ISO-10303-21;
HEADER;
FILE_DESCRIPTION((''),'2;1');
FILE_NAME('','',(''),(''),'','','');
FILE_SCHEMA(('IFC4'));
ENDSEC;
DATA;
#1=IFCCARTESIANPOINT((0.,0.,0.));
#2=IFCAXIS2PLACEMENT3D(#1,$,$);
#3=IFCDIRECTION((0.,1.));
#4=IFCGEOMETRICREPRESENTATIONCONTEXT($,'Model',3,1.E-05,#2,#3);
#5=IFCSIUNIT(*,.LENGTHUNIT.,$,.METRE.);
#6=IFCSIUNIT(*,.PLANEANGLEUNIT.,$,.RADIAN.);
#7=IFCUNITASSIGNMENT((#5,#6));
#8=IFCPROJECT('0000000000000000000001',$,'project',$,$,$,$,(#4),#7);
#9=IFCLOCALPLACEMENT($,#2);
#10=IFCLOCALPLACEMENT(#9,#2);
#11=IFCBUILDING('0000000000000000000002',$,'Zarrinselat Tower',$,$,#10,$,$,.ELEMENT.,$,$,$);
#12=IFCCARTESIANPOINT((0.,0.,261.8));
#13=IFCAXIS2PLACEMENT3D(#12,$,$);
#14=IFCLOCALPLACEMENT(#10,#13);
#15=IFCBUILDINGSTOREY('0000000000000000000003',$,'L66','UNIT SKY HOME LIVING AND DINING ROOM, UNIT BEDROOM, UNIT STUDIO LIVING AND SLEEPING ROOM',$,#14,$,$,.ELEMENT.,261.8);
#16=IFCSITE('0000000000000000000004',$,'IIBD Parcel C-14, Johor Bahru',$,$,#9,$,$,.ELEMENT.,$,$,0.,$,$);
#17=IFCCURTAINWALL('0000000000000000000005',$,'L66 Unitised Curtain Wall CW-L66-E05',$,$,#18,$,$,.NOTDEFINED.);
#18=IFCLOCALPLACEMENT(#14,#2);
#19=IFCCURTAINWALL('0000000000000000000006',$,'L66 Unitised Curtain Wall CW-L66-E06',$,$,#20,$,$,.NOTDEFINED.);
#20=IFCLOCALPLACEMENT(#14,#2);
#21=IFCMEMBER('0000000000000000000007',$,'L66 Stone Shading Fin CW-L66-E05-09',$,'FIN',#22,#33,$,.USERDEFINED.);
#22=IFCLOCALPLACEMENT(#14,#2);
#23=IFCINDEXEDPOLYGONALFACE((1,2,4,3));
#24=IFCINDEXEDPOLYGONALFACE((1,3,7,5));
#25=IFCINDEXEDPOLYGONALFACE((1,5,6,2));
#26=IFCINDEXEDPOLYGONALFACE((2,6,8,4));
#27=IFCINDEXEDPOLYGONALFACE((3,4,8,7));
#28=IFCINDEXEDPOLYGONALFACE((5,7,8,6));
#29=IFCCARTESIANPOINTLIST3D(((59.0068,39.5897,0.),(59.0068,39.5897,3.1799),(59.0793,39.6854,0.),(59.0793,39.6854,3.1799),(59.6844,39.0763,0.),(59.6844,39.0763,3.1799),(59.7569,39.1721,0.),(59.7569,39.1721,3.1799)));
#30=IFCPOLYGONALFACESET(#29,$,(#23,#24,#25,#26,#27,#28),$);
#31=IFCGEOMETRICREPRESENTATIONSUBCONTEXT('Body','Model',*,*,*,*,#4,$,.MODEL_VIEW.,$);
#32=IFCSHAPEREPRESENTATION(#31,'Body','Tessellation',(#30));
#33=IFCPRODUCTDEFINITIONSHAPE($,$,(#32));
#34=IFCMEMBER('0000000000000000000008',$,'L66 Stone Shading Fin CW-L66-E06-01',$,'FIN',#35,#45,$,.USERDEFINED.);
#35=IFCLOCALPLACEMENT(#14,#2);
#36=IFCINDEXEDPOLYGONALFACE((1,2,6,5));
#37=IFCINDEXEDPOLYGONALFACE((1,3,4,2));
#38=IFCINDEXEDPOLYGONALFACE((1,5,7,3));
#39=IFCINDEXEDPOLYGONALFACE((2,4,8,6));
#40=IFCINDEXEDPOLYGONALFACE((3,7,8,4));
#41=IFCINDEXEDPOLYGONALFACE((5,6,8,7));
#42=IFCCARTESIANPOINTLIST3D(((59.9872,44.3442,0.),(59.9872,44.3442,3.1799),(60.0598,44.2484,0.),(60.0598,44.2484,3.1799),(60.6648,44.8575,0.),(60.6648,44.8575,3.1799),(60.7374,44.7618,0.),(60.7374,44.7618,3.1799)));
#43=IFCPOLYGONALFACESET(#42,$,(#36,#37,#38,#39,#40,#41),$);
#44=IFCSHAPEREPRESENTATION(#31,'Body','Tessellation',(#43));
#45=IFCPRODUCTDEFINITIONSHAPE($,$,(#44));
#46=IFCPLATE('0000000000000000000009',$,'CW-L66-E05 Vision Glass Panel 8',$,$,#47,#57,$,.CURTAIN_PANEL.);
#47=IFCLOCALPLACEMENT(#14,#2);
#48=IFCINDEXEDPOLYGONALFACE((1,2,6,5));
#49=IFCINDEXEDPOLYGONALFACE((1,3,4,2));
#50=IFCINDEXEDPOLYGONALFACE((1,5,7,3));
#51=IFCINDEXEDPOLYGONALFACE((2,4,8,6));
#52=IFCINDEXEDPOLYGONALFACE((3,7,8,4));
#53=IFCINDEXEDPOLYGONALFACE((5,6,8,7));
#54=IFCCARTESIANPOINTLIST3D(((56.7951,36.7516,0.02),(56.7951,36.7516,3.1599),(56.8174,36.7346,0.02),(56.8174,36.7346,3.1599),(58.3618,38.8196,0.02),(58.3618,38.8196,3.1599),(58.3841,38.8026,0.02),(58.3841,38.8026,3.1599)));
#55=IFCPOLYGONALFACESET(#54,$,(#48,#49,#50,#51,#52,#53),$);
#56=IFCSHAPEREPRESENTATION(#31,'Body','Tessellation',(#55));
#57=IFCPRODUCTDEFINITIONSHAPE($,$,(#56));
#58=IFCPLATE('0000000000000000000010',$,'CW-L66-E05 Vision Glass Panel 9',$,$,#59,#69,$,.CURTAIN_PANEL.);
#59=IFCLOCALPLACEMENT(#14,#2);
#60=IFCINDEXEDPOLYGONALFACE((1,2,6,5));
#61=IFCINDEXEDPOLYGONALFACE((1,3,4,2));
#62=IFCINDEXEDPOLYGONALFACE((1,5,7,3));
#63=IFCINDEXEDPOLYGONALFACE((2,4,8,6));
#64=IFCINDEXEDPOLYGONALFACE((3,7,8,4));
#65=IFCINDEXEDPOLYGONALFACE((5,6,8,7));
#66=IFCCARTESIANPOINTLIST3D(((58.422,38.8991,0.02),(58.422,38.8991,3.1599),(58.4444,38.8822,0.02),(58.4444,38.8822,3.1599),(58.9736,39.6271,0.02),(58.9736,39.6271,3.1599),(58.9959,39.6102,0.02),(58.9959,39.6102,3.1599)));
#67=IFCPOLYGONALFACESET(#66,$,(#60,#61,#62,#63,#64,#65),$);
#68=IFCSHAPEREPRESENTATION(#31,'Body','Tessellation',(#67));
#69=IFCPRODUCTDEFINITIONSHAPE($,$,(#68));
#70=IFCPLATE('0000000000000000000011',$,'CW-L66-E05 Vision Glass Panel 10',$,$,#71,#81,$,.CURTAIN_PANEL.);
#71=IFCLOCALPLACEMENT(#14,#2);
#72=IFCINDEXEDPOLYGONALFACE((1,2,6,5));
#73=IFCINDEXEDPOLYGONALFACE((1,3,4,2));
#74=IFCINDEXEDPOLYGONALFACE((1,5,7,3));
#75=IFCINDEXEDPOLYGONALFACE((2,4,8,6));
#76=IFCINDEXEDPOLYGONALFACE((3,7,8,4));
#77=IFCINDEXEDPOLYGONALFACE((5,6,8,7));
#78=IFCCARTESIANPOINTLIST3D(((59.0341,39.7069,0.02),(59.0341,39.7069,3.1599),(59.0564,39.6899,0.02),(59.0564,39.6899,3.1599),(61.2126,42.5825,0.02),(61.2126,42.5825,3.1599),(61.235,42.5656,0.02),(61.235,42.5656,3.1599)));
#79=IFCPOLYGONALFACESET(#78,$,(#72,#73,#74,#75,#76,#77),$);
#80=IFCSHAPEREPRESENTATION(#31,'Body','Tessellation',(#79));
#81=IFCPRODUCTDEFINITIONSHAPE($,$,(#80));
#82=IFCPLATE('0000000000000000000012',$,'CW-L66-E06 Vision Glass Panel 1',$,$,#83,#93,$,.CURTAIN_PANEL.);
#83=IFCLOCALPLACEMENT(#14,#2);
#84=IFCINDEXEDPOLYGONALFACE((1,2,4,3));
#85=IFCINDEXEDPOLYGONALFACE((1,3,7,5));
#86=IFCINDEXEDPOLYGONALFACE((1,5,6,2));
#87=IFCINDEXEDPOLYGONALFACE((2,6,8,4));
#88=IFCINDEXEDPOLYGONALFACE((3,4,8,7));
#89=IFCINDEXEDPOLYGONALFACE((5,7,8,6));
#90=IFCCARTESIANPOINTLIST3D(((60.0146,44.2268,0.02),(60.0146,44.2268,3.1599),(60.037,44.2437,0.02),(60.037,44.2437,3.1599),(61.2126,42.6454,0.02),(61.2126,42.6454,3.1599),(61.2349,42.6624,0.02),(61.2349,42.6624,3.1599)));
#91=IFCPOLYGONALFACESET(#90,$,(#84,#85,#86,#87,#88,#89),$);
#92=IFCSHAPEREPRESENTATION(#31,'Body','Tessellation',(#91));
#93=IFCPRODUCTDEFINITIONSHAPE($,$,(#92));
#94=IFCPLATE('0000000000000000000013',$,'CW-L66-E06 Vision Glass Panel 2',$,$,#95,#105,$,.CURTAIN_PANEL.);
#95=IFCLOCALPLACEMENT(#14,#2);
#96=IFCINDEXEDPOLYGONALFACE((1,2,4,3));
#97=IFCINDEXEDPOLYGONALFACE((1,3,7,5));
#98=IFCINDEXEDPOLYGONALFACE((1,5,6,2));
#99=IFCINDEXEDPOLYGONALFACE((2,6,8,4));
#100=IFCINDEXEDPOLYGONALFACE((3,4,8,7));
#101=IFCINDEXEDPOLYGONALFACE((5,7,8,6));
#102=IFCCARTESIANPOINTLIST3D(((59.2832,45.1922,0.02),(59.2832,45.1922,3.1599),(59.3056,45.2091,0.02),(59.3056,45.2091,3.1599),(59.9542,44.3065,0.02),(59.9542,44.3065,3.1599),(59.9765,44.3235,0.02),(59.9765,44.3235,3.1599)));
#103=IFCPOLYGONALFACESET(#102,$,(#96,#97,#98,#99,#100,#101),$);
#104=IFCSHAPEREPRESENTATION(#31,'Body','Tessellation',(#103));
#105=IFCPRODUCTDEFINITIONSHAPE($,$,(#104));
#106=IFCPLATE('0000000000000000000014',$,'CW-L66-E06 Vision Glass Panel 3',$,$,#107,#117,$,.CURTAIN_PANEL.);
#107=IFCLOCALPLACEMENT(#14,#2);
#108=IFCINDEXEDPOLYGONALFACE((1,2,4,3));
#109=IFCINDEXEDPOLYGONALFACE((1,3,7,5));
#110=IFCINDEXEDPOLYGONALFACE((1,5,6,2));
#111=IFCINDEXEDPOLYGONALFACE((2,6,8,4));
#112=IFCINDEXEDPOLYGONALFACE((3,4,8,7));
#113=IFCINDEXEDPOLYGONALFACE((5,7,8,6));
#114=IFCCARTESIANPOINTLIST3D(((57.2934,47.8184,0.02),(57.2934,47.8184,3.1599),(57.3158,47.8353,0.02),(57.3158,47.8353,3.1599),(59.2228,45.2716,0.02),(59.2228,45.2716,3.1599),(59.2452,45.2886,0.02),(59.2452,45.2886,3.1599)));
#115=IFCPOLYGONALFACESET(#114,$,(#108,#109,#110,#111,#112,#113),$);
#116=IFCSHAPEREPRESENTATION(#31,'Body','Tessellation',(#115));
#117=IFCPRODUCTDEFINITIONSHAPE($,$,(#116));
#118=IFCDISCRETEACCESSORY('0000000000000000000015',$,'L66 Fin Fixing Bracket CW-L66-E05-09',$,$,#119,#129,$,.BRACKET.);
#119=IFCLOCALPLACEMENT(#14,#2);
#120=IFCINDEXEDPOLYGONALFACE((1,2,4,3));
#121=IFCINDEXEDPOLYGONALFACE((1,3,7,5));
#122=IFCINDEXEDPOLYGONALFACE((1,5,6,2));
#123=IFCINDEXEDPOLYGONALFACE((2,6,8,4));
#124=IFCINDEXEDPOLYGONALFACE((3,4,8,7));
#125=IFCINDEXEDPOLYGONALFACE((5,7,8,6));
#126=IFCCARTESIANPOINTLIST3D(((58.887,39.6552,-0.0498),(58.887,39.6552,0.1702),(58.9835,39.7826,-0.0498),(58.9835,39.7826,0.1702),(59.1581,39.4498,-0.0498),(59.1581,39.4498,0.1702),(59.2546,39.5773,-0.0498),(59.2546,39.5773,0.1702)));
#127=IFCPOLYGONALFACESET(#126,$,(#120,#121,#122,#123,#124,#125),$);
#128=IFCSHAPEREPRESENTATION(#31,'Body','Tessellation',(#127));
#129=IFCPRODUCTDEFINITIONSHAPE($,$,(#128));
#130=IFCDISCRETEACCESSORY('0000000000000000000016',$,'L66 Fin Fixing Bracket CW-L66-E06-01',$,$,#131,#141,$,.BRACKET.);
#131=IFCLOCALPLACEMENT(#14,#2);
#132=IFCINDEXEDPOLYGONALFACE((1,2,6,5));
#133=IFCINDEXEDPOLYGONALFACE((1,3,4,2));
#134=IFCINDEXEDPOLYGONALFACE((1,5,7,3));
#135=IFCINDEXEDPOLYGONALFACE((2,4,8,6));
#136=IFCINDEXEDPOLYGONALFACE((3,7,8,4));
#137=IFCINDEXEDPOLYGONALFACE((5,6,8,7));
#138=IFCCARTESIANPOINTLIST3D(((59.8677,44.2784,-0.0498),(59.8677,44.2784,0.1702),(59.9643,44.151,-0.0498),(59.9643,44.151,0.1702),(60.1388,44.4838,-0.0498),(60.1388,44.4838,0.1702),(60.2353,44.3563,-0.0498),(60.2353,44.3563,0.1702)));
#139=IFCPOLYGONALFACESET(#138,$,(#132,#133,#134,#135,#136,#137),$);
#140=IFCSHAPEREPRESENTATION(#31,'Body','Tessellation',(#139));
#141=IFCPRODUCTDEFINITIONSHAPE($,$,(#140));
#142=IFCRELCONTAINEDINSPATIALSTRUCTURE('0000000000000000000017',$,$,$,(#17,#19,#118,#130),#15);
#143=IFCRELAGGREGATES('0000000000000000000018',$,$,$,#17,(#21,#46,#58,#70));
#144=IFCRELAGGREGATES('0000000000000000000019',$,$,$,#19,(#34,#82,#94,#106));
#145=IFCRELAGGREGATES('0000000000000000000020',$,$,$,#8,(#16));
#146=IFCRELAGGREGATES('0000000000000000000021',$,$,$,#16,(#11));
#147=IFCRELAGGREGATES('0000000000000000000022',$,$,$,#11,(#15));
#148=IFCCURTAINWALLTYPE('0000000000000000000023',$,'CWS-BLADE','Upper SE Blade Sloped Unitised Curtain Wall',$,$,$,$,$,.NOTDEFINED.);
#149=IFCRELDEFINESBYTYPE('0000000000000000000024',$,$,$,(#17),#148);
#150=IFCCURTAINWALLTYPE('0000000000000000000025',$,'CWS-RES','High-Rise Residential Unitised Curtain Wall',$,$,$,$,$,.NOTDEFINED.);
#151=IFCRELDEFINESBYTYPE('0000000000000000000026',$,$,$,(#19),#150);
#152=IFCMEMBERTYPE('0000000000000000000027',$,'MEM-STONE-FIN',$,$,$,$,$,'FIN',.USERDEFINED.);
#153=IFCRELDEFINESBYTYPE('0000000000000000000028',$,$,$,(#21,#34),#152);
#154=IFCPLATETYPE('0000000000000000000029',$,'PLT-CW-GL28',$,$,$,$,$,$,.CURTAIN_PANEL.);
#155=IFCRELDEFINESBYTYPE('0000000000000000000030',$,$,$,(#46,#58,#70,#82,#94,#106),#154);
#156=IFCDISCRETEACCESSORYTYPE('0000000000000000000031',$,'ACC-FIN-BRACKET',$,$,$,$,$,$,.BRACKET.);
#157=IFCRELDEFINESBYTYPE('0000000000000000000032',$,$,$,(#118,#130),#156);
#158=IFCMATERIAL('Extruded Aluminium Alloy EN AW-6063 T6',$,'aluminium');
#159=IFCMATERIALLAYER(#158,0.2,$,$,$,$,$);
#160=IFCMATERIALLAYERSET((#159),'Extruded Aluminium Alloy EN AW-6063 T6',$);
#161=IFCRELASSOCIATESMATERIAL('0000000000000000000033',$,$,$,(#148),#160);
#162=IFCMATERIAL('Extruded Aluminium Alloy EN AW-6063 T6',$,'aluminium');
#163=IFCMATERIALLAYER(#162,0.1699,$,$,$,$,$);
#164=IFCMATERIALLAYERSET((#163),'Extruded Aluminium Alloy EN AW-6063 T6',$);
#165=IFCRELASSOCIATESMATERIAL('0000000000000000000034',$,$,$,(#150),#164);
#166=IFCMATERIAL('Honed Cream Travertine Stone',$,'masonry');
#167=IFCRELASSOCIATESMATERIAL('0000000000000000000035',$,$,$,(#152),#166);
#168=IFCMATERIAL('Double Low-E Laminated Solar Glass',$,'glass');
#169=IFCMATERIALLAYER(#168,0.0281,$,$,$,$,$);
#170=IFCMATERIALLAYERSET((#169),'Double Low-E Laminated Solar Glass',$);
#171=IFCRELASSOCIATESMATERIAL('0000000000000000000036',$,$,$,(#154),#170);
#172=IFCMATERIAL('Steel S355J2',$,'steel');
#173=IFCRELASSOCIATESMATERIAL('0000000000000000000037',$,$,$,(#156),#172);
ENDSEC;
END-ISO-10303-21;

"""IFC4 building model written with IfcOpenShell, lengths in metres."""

from ifc_helpers import new_model, si_unit, direction, frame, origin, origin_2d, place, context, subcontext, project, spatial, rectangle, extrude, material, layer, layer_set, material_profile, profile_set, type_object, element, aggregate, save


model = new_model("IFC4")

# Units and contexts
model_context = context("Model", 3, precision=1e-05, world=origin(), true_north=direction((0.0, 1.0)))
body_context = subcontext(model_context, "Body", "Model", "MODEL_VIEW")
ifc_project = project(units=[si_unit("LENGTHUNIT", "METRE"), si_unit("PLANEANGLEUNIT", "RADIAN")], contexts=[model_context])

# Site, building, storey
site_placement = place(None, origin())
site = spatial("IfcSite", under=ifc_project, at=site_placement, Name="IIBD Parcel C-14, Johor Bahru", CompositionType="ELEMENT", RefElevation=0.0)
building_placement = place(site_placement, origin())
building = spatial("IfcBuilding", under=site, at=building_placement, Name="Zarrinselat Tower", CompositionType="ELEMENT")
storey_placement = place(building_placement, frame((0.0, 0.0, 261.8)))
storey = spatial("IfcBuildingStorey", under=building, at=storey_placement, Name="L66", Description="UNIT SKY HOME LIVING AND DINING ROOM, UNIT BEDROOM, UNIT STUDIO LIVING AND SLEEPING ROOM", CompositionType="ELEMENT", Elevation=261.8)

# Curtain wall
ifc_material_1 = material(Name="Extruded Aluminium Alloy EN AW-6063 T6", Category="aluminium")
ifc_layer_1 = layer(ifc_material_1, 0.2)
ifc_layer_set_1 = layer_set([ifc_layer_1], Name="Extruded Aluminium Alloy EN AW-6063 T6")
curtain_wall_type_1 = type_object("IfcCurtainWallType", Name="CWS-BLADE", Description="Upper SE Blade Sloped Unitised Curtain Wall", PredefinedType="NOTDEFINED", material=ifc_layer_set_1)
curtain_wall_1_placement = place(storey_placement, origin())
curtain_wall_1 = element("IfcCurtainWall", 1, at=curtain_wall_1_placement, inside=storey, type_object=curtain_wall_type_1, Name="L66 Unitised Curtain Wall CW-L66-E05", PredefinedType="NOTDEFINED")

# Shared definitions
ifc_material_2 = material(Name="Extruded Aluminium Alloy EN AW-6063 T6", Category="aluminium")
ifc_layer_2 = layer(ifc_material_2, 0.1699)
ifc_layer_set_2 = layer_set([ifc_layer_2], Name="Extruded Aluminium Alloy EN AW-6063 T6")
curtain_wall_type_2 = type_object("IfcCurtainWallType", Name="CWS-RES", Description="High-Rise Residential Unitised Curtain Wall", PredefinedType="NOTDEFINED", material=ifc_layer_set_2)

# Curtain wall
curtain_wall_2_placement = place(storey_placement, origin())
curtain_wall_2 = element("IfcCurtainWall", 2, at=curtain_wall_2_placement, inside=storey, type_object=curtain_wall_type_2, Name="L66 Unitised Curtain Wall CW-L66-E06", PredefinedType="NOTDEFINED")

# Members
ifc_material_3 = material(Name="Honed Cream Travertine Stone", Category="masonry")
ifc_material_profile_1 = material_profile(ifc_material_3, rectangle(XDim=0.1201, YDim=0.8501, at=origin_2d()), Name="FIN 850x120")
ifc_profile_set_1 = profile_set([ifc_material_profile_1], Name="Honed Cream Travertine Stone")
member_type_1 = type_object("IfcMemberType", Name="MEM-STONE-FIN", ElementType="FIN", PredefinedType="USERDEFINED", material=ifc_profile_set_1)
member_1_placement = place(storey_placement, frame((59.3818, 39.3809, 0.0), z_axis=(0.0, 0.0, 1.0), x_axis=(-0.60386, -0.797091, 0.0)))
member_1 = element("IfcMember", 3, at=member_1_placement, type_object=member_type_1, Name="L66 Stone Shading Fin CW-L66-E05-09", ObjectType="FIN", PredefinedType="USERDEFINED", context=body_context, shape_type="SweptSolid", body=[
    extrude(rectangle(XDim=0.1201, YDim=0.8501, at=origin_2d()), origin(), (0.0, 0.0, 1.0), 3.1799),
])
member_2_placement = place(storey_placement, frame((60.3623, 44.553, 0.0), z_axis=(0.0, 0.0, 1.0), x_axis=(0.603858, -0.797092, 0.0)))
member_2 = element("IfcMember", 4, at=member_2_placement, type_object=member_type_1, Name="L66 Stone Shading Fin CW-L66-E06-01", ObjectType="FIN", PredefinedType="USERDEFINED", context=body_context, shape_type="SweptSolid", body=[
    extrude(rectangle(XDim=0.1201, YDim=0.8501, at=origin_2d()), origin(), (0.0, 0.0, 1.0), 3.1799),
])

# Plates
ifc_material_4 = material(Name="Double Low-E Laminated Solar Glass", Category="glass")
ifc_layer_3 = layer(ifc_material_4, 0.0281)
ifc_layer_set_3 = layer_set([ifc_layer_3], Name="Double Low-E Laminated Solar Glass")
plate_type = type_object("IfcPlateType", Name="PLT-CW-GL28", PredefinedType="CURTAIN_PANEL", material=ifc_layer_set_3)
plate_1_placement = place(storey_placement, frame((57.5896, 37.7771, 0.02), z_axis=(0.0, 0.0, 1.0), x_axis=(0.60386, 0.797091, 0.0)))
plate_1 = element("IfcPlate", 5, at=plate_1_placement, type_object=plate_type, Name="CW-L66-E05 Vision Glass Panel 8", PredefinedType="CURTAIN_PANEL", context=body_context, shape_type="SweptSolid", body=[
    extrude(rectangle(XDim=2.5945, YDim=0.0281, at=origin_2d()), origin(), (0.0, 0.0, 1.0), 3.1399),
])
plate_2_placement = place(storey_placement, frame((58.709, 39.2546, 0.02), z_axis=(0.0, 0.0, 1.0), x_axis=(0.60386, 0.797091, 0.0)))
plate_2 = element("IfcPlate", 6, at=plate_2_placement, type_object=plate_type, Name="CW-L66-E05 Vision Glass Panel 9", PredefinedType="CURTAIN_PANEL", context=body_context, shape_type="SweptSolid", body=[
    extrude(rectangle(XDim=0.9133, YDim=0.0281, at=origin_2d()), origin(), (0.0, 0.0, 1.0), 3.1399),
])
plate_3_placement = place(storey_placement, frame((60.1345, 41.1362, 0.02), z_axis=(0.0, 0.0, 1.0), x_axis=(0.60386, 0.797091, 0.0)))
plate_3 = element("IfcPlate", 7, at=plate_3_placement, type_object=plate_type, Name="CW-L66-E05 Vision Glass Panel 10", PredefinedType="CURTAIN_PANEL", context=body_context, shape_type="SweptSolid", body=[
    extrude(rectangle(XDim=3.6077, YDim=0.0281, at=origin_2d()), origin(), (0.0, 0.0, 1.0), 3.1399),
])
aggregate(curtain_wall_1, [member_1, plate_1, plate_2, plate_3])
plate_4_placement = place(storey_placement, frame((60.6248, 43.4446, 0.02), z_axis=(0.0, 0.0, 1.0), x_axis=(-0.603858, 0.797092, 0.0)))
plate_4 = element("IfcPlate", 8, at=plate_4_placement, type_object=plate_type, Name="CW-L66-E06 Vision Glass Panel 1", PredefinedType="CURTAIN_PANEL", context=body_context, shape_type="SweptSolid", body=[
    extrude(rectangle(XDim=1.9839, YDim=0.0281, at=origin_2d()), origin(), (0.0, 0.0, 1.0), 3.1399),
])
plate_5_placement = place(storey_placement, frame((59.6299, 44.7578, 0.02), z_axis=(0.0, 0.0, 1.0), x_axis=(-0.603858, 0.797092, 0.0)))
plate_5 = element("IfcPlate", 9, at=plate_5_placement, type_object=plate_type, Name="CW-L66-E06 Vision Glass Panel 2", PredefinedType="CURTAIN_PANEL", context=body_context, shape_type="SweptSolid", body=[
    extrude(rectangle(XDim=1.1111, YDim=0.0281, at=origin_2d()), origin(), (0.0, 0.0, 1.0), 3.1399),
])
plate_6_placement = place(storey_placement, frame((58.2693, 46.5535, 0.02), z_axis=(0.0, 0.0, 1.0), x_axis=(-0.603858, 0.797092, 0.0)))
plate_6 = element("IfcPlate", 10, at=plate_6_placement, type_object=plate_type, Name="CW-L66-E06 Vision Glass Panel 3", PredefinedType="CURTAIN_PANEL", context=body_context, shape_type="SweptSolid", body=[
    extrude(rectangle(XDim=3.1951, YDim=0.0281, at=origin_2d()), origin(), (0.0, 0.0, 1.0), 3.1399),
])
aggregate(curtain_wall_2, [member_2, plate_4, plate_5, plate_6])

# Discrete accessories
ifc_material_5 = material(Name="Steel S355J2", Category="steel")
discrete_accessory_type = type_object("IfcDiscreteAccessoryType", Name="ACC-FIN-BRACKET", PredefinedType="BRACKET", material=ifc_material_5)
for number, where, z_axis, x_axis, name in (
    (11, (59.0708, 39.6162, -0.0498), (0.0, 0.0, 1.0), (0.797091, -0.60386, 0.0), "L66 Fin Fixing Bracket CW-L66-E05-09"),
    (12, (60.0515, 44.3174, -0.0498), (0.0, 0.0, 1.0), (0.797092, 0.603858, 0.0), "L66 Fin Fixing Bracket CW-L66-E06-01"),
):
    element("IfcDiscreteAccessory", number, at=place(storey_placement, frame(where, z_axis=z_axis, x_axis=x_axis)), inside=storey, type_object=discrete_accessory_type, Name=name, PredefinedType="BRACKET", context=body_context, shape_type="SweptSolid", body=[
        extrude(rectangle(XDim=0.3401, YDim=0.1599, at=origin_2d()), origin(), (0.0, 0.0, 1.0), 0.22),
    ])

save(model, "model.ifc")
